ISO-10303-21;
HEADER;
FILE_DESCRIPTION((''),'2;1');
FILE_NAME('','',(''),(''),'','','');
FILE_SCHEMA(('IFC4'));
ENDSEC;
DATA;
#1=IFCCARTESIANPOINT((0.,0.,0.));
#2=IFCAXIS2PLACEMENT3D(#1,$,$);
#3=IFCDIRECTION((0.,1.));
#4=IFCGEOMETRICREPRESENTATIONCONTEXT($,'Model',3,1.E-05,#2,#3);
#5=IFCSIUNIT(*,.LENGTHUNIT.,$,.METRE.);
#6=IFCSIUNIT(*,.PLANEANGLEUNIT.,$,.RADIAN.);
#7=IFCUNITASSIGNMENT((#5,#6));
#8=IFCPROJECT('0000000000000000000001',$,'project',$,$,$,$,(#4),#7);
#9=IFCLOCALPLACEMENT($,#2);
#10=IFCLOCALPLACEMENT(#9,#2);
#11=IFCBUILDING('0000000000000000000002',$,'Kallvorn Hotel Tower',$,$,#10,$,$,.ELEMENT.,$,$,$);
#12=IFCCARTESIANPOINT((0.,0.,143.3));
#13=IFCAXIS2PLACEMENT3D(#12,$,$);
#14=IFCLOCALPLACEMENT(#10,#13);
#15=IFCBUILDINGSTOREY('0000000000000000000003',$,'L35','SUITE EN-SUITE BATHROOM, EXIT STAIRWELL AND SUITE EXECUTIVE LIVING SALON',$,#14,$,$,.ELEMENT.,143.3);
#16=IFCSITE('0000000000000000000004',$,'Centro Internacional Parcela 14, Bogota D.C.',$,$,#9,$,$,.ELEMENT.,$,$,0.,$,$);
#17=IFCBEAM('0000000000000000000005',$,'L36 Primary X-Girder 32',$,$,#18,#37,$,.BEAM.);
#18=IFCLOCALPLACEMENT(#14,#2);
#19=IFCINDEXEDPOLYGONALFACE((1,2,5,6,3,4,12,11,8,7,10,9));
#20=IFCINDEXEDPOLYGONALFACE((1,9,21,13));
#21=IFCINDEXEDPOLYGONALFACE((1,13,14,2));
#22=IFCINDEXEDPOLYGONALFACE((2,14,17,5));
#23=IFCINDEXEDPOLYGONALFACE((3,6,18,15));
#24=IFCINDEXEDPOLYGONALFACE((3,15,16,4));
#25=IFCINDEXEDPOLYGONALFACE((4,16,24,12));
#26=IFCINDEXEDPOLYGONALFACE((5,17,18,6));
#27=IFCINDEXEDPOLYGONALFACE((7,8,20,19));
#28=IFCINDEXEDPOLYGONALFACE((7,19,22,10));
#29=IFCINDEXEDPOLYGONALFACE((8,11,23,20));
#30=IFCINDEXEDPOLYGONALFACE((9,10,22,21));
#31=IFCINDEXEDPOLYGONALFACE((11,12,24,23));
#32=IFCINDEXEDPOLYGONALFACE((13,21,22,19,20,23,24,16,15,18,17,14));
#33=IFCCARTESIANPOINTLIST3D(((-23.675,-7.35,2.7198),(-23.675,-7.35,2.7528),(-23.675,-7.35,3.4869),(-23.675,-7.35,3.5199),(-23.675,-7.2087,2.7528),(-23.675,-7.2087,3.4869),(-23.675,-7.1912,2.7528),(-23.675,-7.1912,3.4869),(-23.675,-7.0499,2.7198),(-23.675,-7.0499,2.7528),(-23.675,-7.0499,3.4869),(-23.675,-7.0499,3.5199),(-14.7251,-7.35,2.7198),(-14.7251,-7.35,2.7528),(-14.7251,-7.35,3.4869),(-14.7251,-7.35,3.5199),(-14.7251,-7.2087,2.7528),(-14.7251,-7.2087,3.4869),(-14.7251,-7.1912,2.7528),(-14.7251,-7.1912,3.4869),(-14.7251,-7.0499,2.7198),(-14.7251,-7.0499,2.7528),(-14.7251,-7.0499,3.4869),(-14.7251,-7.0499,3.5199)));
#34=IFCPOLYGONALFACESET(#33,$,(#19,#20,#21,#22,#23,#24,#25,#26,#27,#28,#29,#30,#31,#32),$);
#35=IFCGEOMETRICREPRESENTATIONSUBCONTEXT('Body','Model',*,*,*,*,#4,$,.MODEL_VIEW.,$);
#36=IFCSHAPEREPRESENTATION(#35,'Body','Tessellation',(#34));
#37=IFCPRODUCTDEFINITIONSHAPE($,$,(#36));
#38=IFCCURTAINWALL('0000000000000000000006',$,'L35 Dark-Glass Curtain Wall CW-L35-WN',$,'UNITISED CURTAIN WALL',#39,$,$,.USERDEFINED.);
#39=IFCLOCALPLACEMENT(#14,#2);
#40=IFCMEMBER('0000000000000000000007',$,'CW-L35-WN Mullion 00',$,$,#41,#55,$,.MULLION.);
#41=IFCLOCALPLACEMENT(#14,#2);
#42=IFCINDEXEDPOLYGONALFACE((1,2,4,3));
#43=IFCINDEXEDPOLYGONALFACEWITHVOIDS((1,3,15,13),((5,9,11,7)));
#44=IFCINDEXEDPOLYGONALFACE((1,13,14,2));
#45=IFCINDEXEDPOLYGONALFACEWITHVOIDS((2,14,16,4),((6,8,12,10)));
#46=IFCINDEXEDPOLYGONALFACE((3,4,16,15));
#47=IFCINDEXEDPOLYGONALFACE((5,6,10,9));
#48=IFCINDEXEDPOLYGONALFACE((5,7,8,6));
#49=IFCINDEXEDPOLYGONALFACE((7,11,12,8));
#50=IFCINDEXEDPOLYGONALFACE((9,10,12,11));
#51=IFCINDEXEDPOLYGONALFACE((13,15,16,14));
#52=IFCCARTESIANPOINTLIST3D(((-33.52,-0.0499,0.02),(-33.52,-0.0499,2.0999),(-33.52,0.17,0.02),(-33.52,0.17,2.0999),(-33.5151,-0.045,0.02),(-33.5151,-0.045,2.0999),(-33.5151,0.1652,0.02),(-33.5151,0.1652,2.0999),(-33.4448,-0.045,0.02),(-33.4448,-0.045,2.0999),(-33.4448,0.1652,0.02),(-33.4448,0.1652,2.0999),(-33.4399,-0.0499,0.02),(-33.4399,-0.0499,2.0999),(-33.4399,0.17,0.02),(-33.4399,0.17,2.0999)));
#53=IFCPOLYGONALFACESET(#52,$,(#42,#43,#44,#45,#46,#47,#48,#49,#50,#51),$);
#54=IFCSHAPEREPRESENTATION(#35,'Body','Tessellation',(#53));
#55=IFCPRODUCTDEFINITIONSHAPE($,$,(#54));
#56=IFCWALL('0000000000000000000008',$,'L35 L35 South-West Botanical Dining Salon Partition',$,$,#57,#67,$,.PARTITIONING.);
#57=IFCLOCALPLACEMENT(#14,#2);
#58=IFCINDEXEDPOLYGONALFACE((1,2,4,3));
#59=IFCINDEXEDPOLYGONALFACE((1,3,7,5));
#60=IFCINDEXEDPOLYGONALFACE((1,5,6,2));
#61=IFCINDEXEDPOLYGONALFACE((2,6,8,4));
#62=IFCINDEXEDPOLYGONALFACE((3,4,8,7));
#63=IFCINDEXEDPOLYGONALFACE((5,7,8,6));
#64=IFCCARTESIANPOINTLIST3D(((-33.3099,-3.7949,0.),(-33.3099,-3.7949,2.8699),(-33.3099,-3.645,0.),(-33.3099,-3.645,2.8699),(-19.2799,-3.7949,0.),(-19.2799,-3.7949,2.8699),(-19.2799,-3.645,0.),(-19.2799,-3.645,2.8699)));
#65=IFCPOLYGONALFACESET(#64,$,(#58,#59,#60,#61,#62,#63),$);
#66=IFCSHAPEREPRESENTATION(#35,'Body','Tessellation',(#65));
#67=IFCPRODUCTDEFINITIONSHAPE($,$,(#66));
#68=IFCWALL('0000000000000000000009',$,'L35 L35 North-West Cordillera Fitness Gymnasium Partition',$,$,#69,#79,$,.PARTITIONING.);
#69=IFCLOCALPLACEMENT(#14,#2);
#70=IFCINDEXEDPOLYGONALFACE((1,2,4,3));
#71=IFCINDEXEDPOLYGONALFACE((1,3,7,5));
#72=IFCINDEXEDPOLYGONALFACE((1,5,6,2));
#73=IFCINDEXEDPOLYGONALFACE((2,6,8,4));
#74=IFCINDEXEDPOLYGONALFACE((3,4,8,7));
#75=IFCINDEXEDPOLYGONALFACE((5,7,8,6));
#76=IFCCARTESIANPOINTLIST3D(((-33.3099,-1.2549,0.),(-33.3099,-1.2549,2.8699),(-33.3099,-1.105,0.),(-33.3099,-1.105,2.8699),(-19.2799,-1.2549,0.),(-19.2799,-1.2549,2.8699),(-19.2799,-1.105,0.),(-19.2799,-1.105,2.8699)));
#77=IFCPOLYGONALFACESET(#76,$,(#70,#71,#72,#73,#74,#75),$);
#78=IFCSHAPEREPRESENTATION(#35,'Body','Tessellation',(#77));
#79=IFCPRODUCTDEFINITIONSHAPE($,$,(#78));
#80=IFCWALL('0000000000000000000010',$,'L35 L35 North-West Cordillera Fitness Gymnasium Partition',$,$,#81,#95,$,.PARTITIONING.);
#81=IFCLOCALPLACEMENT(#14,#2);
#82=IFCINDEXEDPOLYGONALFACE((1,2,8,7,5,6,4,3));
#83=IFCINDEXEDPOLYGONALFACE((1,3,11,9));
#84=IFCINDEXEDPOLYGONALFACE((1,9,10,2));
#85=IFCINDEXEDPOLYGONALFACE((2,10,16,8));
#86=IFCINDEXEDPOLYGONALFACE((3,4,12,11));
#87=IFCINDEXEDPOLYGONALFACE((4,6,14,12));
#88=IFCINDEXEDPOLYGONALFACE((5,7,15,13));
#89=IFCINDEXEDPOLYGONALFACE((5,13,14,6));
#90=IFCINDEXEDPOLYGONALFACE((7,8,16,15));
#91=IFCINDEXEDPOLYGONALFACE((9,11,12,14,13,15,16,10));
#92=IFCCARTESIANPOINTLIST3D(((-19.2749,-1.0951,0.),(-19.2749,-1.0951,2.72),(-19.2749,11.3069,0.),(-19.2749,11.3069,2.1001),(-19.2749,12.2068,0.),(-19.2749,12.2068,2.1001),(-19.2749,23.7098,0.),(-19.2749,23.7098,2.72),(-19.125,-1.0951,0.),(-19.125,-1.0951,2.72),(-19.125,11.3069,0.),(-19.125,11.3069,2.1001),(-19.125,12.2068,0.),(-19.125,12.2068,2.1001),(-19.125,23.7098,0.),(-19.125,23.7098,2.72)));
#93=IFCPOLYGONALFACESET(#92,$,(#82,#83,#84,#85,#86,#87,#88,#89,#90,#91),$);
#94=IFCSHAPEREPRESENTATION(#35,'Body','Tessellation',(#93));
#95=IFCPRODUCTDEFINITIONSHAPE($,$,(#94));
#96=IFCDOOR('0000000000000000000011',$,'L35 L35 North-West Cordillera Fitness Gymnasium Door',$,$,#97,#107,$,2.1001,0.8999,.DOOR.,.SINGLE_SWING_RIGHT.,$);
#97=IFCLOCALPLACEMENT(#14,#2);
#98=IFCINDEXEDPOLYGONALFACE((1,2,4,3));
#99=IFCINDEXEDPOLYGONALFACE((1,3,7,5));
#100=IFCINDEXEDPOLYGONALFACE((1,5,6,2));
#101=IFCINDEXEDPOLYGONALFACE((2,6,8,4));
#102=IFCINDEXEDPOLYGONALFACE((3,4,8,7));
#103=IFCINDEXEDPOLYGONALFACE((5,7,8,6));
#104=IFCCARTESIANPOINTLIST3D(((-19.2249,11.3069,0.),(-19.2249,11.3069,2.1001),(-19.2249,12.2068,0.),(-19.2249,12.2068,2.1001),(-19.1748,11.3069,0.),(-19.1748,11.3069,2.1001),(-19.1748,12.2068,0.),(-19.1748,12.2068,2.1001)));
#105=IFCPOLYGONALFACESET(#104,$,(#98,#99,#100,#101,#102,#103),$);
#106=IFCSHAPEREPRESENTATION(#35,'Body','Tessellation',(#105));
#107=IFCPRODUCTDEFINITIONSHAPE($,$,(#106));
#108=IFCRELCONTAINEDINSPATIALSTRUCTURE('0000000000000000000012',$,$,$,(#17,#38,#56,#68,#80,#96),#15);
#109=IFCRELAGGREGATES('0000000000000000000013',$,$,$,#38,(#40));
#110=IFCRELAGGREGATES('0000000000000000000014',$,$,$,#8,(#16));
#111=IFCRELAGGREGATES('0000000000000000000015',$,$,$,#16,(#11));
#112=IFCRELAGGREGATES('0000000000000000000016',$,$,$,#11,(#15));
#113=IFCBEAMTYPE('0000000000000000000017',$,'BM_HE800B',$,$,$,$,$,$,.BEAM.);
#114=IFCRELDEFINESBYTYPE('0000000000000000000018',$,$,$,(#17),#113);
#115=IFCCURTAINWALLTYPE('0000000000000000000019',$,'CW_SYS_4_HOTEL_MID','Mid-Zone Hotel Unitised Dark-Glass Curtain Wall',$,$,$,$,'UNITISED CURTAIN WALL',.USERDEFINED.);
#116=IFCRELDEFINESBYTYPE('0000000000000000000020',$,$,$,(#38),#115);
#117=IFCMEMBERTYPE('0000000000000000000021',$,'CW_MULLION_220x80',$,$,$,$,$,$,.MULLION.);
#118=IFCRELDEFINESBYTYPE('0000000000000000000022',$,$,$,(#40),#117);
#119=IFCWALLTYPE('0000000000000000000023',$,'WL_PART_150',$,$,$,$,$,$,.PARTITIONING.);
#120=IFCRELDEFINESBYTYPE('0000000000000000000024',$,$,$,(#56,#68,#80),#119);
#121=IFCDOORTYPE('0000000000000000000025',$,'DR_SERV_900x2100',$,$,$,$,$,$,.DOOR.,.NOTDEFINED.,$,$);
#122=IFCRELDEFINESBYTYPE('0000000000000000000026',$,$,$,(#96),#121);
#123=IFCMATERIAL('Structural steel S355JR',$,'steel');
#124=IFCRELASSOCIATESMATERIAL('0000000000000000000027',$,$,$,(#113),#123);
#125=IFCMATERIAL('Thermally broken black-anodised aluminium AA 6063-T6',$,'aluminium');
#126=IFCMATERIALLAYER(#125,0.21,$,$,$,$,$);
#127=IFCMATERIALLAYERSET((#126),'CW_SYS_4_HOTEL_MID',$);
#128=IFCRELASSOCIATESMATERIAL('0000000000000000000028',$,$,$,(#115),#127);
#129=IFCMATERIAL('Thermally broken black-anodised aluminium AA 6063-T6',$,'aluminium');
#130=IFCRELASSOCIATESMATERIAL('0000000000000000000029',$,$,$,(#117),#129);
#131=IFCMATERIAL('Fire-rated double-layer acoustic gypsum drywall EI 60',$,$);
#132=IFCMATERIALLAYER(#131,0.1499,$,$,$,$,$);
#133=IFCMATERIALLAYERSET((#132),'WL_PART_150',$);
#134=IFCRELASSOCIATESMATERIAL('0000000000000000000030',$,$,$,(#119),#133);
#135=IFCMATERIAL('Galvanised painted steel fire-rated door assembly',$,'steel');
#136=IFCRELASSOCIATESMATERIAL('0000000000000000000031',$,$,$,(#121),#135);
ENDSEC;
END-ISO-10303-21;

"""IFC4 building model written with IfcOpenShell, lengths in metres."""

from ifc_helpers import new_model, si_unit, direction, frame, frame_2d, origin, origin_2d, place, context, subcontext, project, spatial, rectangle, hollow_rectangle, i_section, extrude, material, layer, layer_set, material_profile, profile_set, type_object, element, fill, aggregate, save


model = new_model("IFC4")

# Units and contexts
model_context = context("Model", 3, precision=1e-05, world=origin(), true_north=direction((0.0, 1.0)))
body_context = subcontext(model_context, "Body", "Model", "MODEL_VIEW")
ifc_project = project(units=[si_unit("LENGTHUNIT", "METRE"), si_unit("PLANEANGLEUNIT", "RADIAN")], contexts=[model_context])

# Site, building, storey
site_placement = place(None, origin())
site = spatial("IfcSite", under=ifc_project, at=site_placement, Name="Centro Internacional Parcela 14, Bogota D.C.", CompositionType="ELEMENT", RefElevation=0.0)
building_placement = place(site_placement, origin())
building = spatial("IfcBuilding", under=site, at=building_placement, Name="Kallvorn Hotel Tower", CompositionType="ELEMENT")
storey_placement = place(building_placement, frame((0.0, 0.0, 143.3)))
storey = spatial("IfcBuildingStorey", under=building, at=storey_placement, Name="L35", Description="SUITE EN-SUITE BATHROOM, EXIT STAIRWELL AND SUITE EXECUTIVE LIVING SALON", CompositionType="ELEMENT", Elevation=143.3)

# Beam
ifc_material_1 = material(Name="Structural steel S355JR", Category="steel")
ifc_material_profile_1 = material_profile(ifc_material_1, i_section(OverallWidth=0.3, OverallDepth=0.8, WebThickness=0.0176, FlangeThickness=0.033, at=origin_2d()), Name="HE 800 B")
ifc_profile_set_1 = profile_set([ifc_material_profile_1], Name="Structural steel S355JR")
beam_type_1 = type_object("IfcBeamType", Name="BM_HE800B", PredefinedType="BEAM", material=ifc_profile_set_1)
beam_1_placement = place(storey_placement, frame((-23.675, -7.2, 3.1199), z_axis=(1.0, 0.0, 0.0), x_axis=(0.0, 1.0, 0.0)))
element("IfcBeam", 1, at=beam_1_placement, inside=storey, type_object=beam_type_1, Name="L36 Primary X-Girder 32", PredefinedType="BEAM", context=body_context, shape_type="SweptSolid", body=[
    extrude(i_section(OverallWidth=0.3, OverallDepth=0.8, WebThickness=0.0176, FlangeThickness=0.033, at=origin_2d()), origin(), (0.0, 0.0, 1.0), 8.95),
])

# Curtain wall, member
ifc_material_2 = material(Name="Thermally broken black-anodised aluminium AA 6063-T6", Category="aluminium")
ifc_layer_1 = layer(ifc_material_2, 0.21)
ifc_layer_set_1 = layer_set([ifc_layer_1], Name="CW_SYS_4_HOTEL_MID")
curtain_wall_type = type_object("IfcCurtainWallType", Name="CW_SYS_4_HOTEL_MID", Description="Mid-Zone Hotel Unitised Dark-Glass Curtain Wall", ElementType="UNITISED CURTAIN WALL", PredefinedType="USERDEFINED", material=ifc_layer_set_1)
curtain_wall_placement = place(storey_placement, origin())
curtain_wall = element("IfcCurtainWall", 2, at=curtain_wall_placement, inside=storey, type_object=curtain_wall_type, Name="L35 Dark-Glass Curtain Wall CW-L35-WN", ObjectType="UNITISED CURTAIN WALL", PredefinedType="USERDEFINED")
ifc_material_3 = material(Name="Thermally broken black-anodised aluminium AA 6063-T6", Category="aluminium")
ifc_material_profile_2 = material_profile(ifc_material_3, hollow_rectangle(XDim=0.0801, YDim=0.22, WallThickness=0.0049, at=origin_2d()), Name="MUL 220x80")
ifc_profile_set_2 = profile_set([ifc_material_profile_2], Name="Thermally broken black-anodised aluminium AA 6063-T6")
member_type = type_object("IfcMemberType", Name="CW_MULLION_220x80", PredefinedType="MULLION", material=ifc_profile_set_2)
member_placement = place(storey_placement, frame((-33.48, 0.0601, 0.02), z_axis=(0.0, 0.0, 1.0), x_axis=(1.0, 0.0, 0.0)))
member = element("IfcMember", 3, at=member_placement, type_object=member_type, Name="CW-L35-WN Mullion 00", PredefinedType="MULLION", context=body_context, shape_type="SweptSolid", body=[
    extrude(hollow_rectangle(XDim=0.0801, YDim=0.22, WallThickness=0.0049, at=origin_2d()), origin(), (0.0, 0.0, 1.0), 2.0798),
])
aggregate(curtain_wall, [member])

# Walls
ifc_material_4 = material(Name="Fire-rated double-layer acoustic gypsum drywall EI 60")
ifc_layer_2 = layer(ifc_material_4, 0.1499)
ifc_layer_set_2 = layer_set([ifc_layer_2], Name="WL_PART_150")
wall_type = type_object("IfcWallType", Name="WL_PART_150", PredefinedType="PARTITIONING", material=ifc_layer_set_2)
for number, where, z_axis, x_axis, name in (
    (4, (-33.3101, -3.72, 0.0), (0.0, 0.0, 1.0), (1.0, 0.0, 0.0), "L35 L35 South-West Botanical Dining Salon Partition"),
    (5, (-33.3101, -1.1799, 0.0), (0.0, 0.0, 1.0), (1.0, 0.0, 0.0), "L35 L35 North-West Cordillera Fitness Gymnasium Partition"),
):
    element("IfcWall", number, at=place(storey_placement, frame(where, z_axis=z_axis, x_axis=x_axis)), inside=storey, type_object=wall_type, Name=name, PredefinedType="PARTITIONING", context=body_context, shape_type="SweptSolid", body=[
        extrude(rectangle(XDim=14.03, YDim=0.1499, at=frame_2d((7.0151, 0.0))), origin(), (0.0, 0.0, 1.0), 2.8699),
    ])

# Wall, opening, door
wall_placement = place(storey_placement, frame((-19.2, -1.095, 0.0), z_axis=(0.0, 0.0, 1.0), x_axis=(0.0, 1.0, 0.0)))
wall = element("IfcWall", 6, at=wall_placement, inside=storey, type_object=wall_type, Name="L35 L35 North-West Cordillera Fitness Gymnasium Partition", PredefinedType="PARTITIONING", context=body_context, shape_type="SweptSolid", body=[
    extrude(rectangle(XDim=24.8049, YDim=0.1499, at=frame_2d((12.4023, 0.0))), origin(), (0.0, 0.0, 1.0), 2.72),
])
opening_placement = place(wall_placement, frame((12.4019, 0.0, 0.0)))
opening = element("IfcOpeningElement", 7, at=opening_placement, cuts=wall, PredefinedType="OPENING", context=body_context, shape_type="SweptSolid", body=[
    extrude(rectangle(XDim=0.8999, YDim=2.1001, at=frame_2d((0.45, 1.05))), frame((0.0, 0.0898, 0.0), z_axis=(0.0, -1.0, 0.0), x_axis=(1.0, 0.0, 0.0)), (0.0, 0.0, 1.0), 0.1799),
])
ifc_material_5 = material(Name="Galvanised painted steel fire-rated door assembly", Category="steel")
door_type = type_object("IfcDoorType", Name="DR_SERV_900x2100", OperationType="NOTDEFINED", PredefinedType="DOOR", material=ifc_material_5)
door_placement = place(opening_placement, origin())
door = element("IfcDoor", 8, at=door_placement, inside=storey, type_object=door_type, Name="L35 L35 North-West Cordillera Fitness Gymnasium Door", OperationType="SINGLE_SWING_RIGHT", OverallHeight=2.1001, OverallWidth=0.8999, PredefinedType="DOOR", context=body_context, shape_type="SweptSolid", body=[
    extrude(rectangle(XDim=0.8999, YDim=2.1001, at=frame_2d((0.45, 1.05))), frame((0.0, 0.0249, 0.0), z_axis=(0.0, -1.0, 0.0), x_axis=(1.0, 0.0, 0.0)), (0.0, 0.0, 1.0), 0.05),
])
fill(opening, door)

save(model, "model.ifc")
